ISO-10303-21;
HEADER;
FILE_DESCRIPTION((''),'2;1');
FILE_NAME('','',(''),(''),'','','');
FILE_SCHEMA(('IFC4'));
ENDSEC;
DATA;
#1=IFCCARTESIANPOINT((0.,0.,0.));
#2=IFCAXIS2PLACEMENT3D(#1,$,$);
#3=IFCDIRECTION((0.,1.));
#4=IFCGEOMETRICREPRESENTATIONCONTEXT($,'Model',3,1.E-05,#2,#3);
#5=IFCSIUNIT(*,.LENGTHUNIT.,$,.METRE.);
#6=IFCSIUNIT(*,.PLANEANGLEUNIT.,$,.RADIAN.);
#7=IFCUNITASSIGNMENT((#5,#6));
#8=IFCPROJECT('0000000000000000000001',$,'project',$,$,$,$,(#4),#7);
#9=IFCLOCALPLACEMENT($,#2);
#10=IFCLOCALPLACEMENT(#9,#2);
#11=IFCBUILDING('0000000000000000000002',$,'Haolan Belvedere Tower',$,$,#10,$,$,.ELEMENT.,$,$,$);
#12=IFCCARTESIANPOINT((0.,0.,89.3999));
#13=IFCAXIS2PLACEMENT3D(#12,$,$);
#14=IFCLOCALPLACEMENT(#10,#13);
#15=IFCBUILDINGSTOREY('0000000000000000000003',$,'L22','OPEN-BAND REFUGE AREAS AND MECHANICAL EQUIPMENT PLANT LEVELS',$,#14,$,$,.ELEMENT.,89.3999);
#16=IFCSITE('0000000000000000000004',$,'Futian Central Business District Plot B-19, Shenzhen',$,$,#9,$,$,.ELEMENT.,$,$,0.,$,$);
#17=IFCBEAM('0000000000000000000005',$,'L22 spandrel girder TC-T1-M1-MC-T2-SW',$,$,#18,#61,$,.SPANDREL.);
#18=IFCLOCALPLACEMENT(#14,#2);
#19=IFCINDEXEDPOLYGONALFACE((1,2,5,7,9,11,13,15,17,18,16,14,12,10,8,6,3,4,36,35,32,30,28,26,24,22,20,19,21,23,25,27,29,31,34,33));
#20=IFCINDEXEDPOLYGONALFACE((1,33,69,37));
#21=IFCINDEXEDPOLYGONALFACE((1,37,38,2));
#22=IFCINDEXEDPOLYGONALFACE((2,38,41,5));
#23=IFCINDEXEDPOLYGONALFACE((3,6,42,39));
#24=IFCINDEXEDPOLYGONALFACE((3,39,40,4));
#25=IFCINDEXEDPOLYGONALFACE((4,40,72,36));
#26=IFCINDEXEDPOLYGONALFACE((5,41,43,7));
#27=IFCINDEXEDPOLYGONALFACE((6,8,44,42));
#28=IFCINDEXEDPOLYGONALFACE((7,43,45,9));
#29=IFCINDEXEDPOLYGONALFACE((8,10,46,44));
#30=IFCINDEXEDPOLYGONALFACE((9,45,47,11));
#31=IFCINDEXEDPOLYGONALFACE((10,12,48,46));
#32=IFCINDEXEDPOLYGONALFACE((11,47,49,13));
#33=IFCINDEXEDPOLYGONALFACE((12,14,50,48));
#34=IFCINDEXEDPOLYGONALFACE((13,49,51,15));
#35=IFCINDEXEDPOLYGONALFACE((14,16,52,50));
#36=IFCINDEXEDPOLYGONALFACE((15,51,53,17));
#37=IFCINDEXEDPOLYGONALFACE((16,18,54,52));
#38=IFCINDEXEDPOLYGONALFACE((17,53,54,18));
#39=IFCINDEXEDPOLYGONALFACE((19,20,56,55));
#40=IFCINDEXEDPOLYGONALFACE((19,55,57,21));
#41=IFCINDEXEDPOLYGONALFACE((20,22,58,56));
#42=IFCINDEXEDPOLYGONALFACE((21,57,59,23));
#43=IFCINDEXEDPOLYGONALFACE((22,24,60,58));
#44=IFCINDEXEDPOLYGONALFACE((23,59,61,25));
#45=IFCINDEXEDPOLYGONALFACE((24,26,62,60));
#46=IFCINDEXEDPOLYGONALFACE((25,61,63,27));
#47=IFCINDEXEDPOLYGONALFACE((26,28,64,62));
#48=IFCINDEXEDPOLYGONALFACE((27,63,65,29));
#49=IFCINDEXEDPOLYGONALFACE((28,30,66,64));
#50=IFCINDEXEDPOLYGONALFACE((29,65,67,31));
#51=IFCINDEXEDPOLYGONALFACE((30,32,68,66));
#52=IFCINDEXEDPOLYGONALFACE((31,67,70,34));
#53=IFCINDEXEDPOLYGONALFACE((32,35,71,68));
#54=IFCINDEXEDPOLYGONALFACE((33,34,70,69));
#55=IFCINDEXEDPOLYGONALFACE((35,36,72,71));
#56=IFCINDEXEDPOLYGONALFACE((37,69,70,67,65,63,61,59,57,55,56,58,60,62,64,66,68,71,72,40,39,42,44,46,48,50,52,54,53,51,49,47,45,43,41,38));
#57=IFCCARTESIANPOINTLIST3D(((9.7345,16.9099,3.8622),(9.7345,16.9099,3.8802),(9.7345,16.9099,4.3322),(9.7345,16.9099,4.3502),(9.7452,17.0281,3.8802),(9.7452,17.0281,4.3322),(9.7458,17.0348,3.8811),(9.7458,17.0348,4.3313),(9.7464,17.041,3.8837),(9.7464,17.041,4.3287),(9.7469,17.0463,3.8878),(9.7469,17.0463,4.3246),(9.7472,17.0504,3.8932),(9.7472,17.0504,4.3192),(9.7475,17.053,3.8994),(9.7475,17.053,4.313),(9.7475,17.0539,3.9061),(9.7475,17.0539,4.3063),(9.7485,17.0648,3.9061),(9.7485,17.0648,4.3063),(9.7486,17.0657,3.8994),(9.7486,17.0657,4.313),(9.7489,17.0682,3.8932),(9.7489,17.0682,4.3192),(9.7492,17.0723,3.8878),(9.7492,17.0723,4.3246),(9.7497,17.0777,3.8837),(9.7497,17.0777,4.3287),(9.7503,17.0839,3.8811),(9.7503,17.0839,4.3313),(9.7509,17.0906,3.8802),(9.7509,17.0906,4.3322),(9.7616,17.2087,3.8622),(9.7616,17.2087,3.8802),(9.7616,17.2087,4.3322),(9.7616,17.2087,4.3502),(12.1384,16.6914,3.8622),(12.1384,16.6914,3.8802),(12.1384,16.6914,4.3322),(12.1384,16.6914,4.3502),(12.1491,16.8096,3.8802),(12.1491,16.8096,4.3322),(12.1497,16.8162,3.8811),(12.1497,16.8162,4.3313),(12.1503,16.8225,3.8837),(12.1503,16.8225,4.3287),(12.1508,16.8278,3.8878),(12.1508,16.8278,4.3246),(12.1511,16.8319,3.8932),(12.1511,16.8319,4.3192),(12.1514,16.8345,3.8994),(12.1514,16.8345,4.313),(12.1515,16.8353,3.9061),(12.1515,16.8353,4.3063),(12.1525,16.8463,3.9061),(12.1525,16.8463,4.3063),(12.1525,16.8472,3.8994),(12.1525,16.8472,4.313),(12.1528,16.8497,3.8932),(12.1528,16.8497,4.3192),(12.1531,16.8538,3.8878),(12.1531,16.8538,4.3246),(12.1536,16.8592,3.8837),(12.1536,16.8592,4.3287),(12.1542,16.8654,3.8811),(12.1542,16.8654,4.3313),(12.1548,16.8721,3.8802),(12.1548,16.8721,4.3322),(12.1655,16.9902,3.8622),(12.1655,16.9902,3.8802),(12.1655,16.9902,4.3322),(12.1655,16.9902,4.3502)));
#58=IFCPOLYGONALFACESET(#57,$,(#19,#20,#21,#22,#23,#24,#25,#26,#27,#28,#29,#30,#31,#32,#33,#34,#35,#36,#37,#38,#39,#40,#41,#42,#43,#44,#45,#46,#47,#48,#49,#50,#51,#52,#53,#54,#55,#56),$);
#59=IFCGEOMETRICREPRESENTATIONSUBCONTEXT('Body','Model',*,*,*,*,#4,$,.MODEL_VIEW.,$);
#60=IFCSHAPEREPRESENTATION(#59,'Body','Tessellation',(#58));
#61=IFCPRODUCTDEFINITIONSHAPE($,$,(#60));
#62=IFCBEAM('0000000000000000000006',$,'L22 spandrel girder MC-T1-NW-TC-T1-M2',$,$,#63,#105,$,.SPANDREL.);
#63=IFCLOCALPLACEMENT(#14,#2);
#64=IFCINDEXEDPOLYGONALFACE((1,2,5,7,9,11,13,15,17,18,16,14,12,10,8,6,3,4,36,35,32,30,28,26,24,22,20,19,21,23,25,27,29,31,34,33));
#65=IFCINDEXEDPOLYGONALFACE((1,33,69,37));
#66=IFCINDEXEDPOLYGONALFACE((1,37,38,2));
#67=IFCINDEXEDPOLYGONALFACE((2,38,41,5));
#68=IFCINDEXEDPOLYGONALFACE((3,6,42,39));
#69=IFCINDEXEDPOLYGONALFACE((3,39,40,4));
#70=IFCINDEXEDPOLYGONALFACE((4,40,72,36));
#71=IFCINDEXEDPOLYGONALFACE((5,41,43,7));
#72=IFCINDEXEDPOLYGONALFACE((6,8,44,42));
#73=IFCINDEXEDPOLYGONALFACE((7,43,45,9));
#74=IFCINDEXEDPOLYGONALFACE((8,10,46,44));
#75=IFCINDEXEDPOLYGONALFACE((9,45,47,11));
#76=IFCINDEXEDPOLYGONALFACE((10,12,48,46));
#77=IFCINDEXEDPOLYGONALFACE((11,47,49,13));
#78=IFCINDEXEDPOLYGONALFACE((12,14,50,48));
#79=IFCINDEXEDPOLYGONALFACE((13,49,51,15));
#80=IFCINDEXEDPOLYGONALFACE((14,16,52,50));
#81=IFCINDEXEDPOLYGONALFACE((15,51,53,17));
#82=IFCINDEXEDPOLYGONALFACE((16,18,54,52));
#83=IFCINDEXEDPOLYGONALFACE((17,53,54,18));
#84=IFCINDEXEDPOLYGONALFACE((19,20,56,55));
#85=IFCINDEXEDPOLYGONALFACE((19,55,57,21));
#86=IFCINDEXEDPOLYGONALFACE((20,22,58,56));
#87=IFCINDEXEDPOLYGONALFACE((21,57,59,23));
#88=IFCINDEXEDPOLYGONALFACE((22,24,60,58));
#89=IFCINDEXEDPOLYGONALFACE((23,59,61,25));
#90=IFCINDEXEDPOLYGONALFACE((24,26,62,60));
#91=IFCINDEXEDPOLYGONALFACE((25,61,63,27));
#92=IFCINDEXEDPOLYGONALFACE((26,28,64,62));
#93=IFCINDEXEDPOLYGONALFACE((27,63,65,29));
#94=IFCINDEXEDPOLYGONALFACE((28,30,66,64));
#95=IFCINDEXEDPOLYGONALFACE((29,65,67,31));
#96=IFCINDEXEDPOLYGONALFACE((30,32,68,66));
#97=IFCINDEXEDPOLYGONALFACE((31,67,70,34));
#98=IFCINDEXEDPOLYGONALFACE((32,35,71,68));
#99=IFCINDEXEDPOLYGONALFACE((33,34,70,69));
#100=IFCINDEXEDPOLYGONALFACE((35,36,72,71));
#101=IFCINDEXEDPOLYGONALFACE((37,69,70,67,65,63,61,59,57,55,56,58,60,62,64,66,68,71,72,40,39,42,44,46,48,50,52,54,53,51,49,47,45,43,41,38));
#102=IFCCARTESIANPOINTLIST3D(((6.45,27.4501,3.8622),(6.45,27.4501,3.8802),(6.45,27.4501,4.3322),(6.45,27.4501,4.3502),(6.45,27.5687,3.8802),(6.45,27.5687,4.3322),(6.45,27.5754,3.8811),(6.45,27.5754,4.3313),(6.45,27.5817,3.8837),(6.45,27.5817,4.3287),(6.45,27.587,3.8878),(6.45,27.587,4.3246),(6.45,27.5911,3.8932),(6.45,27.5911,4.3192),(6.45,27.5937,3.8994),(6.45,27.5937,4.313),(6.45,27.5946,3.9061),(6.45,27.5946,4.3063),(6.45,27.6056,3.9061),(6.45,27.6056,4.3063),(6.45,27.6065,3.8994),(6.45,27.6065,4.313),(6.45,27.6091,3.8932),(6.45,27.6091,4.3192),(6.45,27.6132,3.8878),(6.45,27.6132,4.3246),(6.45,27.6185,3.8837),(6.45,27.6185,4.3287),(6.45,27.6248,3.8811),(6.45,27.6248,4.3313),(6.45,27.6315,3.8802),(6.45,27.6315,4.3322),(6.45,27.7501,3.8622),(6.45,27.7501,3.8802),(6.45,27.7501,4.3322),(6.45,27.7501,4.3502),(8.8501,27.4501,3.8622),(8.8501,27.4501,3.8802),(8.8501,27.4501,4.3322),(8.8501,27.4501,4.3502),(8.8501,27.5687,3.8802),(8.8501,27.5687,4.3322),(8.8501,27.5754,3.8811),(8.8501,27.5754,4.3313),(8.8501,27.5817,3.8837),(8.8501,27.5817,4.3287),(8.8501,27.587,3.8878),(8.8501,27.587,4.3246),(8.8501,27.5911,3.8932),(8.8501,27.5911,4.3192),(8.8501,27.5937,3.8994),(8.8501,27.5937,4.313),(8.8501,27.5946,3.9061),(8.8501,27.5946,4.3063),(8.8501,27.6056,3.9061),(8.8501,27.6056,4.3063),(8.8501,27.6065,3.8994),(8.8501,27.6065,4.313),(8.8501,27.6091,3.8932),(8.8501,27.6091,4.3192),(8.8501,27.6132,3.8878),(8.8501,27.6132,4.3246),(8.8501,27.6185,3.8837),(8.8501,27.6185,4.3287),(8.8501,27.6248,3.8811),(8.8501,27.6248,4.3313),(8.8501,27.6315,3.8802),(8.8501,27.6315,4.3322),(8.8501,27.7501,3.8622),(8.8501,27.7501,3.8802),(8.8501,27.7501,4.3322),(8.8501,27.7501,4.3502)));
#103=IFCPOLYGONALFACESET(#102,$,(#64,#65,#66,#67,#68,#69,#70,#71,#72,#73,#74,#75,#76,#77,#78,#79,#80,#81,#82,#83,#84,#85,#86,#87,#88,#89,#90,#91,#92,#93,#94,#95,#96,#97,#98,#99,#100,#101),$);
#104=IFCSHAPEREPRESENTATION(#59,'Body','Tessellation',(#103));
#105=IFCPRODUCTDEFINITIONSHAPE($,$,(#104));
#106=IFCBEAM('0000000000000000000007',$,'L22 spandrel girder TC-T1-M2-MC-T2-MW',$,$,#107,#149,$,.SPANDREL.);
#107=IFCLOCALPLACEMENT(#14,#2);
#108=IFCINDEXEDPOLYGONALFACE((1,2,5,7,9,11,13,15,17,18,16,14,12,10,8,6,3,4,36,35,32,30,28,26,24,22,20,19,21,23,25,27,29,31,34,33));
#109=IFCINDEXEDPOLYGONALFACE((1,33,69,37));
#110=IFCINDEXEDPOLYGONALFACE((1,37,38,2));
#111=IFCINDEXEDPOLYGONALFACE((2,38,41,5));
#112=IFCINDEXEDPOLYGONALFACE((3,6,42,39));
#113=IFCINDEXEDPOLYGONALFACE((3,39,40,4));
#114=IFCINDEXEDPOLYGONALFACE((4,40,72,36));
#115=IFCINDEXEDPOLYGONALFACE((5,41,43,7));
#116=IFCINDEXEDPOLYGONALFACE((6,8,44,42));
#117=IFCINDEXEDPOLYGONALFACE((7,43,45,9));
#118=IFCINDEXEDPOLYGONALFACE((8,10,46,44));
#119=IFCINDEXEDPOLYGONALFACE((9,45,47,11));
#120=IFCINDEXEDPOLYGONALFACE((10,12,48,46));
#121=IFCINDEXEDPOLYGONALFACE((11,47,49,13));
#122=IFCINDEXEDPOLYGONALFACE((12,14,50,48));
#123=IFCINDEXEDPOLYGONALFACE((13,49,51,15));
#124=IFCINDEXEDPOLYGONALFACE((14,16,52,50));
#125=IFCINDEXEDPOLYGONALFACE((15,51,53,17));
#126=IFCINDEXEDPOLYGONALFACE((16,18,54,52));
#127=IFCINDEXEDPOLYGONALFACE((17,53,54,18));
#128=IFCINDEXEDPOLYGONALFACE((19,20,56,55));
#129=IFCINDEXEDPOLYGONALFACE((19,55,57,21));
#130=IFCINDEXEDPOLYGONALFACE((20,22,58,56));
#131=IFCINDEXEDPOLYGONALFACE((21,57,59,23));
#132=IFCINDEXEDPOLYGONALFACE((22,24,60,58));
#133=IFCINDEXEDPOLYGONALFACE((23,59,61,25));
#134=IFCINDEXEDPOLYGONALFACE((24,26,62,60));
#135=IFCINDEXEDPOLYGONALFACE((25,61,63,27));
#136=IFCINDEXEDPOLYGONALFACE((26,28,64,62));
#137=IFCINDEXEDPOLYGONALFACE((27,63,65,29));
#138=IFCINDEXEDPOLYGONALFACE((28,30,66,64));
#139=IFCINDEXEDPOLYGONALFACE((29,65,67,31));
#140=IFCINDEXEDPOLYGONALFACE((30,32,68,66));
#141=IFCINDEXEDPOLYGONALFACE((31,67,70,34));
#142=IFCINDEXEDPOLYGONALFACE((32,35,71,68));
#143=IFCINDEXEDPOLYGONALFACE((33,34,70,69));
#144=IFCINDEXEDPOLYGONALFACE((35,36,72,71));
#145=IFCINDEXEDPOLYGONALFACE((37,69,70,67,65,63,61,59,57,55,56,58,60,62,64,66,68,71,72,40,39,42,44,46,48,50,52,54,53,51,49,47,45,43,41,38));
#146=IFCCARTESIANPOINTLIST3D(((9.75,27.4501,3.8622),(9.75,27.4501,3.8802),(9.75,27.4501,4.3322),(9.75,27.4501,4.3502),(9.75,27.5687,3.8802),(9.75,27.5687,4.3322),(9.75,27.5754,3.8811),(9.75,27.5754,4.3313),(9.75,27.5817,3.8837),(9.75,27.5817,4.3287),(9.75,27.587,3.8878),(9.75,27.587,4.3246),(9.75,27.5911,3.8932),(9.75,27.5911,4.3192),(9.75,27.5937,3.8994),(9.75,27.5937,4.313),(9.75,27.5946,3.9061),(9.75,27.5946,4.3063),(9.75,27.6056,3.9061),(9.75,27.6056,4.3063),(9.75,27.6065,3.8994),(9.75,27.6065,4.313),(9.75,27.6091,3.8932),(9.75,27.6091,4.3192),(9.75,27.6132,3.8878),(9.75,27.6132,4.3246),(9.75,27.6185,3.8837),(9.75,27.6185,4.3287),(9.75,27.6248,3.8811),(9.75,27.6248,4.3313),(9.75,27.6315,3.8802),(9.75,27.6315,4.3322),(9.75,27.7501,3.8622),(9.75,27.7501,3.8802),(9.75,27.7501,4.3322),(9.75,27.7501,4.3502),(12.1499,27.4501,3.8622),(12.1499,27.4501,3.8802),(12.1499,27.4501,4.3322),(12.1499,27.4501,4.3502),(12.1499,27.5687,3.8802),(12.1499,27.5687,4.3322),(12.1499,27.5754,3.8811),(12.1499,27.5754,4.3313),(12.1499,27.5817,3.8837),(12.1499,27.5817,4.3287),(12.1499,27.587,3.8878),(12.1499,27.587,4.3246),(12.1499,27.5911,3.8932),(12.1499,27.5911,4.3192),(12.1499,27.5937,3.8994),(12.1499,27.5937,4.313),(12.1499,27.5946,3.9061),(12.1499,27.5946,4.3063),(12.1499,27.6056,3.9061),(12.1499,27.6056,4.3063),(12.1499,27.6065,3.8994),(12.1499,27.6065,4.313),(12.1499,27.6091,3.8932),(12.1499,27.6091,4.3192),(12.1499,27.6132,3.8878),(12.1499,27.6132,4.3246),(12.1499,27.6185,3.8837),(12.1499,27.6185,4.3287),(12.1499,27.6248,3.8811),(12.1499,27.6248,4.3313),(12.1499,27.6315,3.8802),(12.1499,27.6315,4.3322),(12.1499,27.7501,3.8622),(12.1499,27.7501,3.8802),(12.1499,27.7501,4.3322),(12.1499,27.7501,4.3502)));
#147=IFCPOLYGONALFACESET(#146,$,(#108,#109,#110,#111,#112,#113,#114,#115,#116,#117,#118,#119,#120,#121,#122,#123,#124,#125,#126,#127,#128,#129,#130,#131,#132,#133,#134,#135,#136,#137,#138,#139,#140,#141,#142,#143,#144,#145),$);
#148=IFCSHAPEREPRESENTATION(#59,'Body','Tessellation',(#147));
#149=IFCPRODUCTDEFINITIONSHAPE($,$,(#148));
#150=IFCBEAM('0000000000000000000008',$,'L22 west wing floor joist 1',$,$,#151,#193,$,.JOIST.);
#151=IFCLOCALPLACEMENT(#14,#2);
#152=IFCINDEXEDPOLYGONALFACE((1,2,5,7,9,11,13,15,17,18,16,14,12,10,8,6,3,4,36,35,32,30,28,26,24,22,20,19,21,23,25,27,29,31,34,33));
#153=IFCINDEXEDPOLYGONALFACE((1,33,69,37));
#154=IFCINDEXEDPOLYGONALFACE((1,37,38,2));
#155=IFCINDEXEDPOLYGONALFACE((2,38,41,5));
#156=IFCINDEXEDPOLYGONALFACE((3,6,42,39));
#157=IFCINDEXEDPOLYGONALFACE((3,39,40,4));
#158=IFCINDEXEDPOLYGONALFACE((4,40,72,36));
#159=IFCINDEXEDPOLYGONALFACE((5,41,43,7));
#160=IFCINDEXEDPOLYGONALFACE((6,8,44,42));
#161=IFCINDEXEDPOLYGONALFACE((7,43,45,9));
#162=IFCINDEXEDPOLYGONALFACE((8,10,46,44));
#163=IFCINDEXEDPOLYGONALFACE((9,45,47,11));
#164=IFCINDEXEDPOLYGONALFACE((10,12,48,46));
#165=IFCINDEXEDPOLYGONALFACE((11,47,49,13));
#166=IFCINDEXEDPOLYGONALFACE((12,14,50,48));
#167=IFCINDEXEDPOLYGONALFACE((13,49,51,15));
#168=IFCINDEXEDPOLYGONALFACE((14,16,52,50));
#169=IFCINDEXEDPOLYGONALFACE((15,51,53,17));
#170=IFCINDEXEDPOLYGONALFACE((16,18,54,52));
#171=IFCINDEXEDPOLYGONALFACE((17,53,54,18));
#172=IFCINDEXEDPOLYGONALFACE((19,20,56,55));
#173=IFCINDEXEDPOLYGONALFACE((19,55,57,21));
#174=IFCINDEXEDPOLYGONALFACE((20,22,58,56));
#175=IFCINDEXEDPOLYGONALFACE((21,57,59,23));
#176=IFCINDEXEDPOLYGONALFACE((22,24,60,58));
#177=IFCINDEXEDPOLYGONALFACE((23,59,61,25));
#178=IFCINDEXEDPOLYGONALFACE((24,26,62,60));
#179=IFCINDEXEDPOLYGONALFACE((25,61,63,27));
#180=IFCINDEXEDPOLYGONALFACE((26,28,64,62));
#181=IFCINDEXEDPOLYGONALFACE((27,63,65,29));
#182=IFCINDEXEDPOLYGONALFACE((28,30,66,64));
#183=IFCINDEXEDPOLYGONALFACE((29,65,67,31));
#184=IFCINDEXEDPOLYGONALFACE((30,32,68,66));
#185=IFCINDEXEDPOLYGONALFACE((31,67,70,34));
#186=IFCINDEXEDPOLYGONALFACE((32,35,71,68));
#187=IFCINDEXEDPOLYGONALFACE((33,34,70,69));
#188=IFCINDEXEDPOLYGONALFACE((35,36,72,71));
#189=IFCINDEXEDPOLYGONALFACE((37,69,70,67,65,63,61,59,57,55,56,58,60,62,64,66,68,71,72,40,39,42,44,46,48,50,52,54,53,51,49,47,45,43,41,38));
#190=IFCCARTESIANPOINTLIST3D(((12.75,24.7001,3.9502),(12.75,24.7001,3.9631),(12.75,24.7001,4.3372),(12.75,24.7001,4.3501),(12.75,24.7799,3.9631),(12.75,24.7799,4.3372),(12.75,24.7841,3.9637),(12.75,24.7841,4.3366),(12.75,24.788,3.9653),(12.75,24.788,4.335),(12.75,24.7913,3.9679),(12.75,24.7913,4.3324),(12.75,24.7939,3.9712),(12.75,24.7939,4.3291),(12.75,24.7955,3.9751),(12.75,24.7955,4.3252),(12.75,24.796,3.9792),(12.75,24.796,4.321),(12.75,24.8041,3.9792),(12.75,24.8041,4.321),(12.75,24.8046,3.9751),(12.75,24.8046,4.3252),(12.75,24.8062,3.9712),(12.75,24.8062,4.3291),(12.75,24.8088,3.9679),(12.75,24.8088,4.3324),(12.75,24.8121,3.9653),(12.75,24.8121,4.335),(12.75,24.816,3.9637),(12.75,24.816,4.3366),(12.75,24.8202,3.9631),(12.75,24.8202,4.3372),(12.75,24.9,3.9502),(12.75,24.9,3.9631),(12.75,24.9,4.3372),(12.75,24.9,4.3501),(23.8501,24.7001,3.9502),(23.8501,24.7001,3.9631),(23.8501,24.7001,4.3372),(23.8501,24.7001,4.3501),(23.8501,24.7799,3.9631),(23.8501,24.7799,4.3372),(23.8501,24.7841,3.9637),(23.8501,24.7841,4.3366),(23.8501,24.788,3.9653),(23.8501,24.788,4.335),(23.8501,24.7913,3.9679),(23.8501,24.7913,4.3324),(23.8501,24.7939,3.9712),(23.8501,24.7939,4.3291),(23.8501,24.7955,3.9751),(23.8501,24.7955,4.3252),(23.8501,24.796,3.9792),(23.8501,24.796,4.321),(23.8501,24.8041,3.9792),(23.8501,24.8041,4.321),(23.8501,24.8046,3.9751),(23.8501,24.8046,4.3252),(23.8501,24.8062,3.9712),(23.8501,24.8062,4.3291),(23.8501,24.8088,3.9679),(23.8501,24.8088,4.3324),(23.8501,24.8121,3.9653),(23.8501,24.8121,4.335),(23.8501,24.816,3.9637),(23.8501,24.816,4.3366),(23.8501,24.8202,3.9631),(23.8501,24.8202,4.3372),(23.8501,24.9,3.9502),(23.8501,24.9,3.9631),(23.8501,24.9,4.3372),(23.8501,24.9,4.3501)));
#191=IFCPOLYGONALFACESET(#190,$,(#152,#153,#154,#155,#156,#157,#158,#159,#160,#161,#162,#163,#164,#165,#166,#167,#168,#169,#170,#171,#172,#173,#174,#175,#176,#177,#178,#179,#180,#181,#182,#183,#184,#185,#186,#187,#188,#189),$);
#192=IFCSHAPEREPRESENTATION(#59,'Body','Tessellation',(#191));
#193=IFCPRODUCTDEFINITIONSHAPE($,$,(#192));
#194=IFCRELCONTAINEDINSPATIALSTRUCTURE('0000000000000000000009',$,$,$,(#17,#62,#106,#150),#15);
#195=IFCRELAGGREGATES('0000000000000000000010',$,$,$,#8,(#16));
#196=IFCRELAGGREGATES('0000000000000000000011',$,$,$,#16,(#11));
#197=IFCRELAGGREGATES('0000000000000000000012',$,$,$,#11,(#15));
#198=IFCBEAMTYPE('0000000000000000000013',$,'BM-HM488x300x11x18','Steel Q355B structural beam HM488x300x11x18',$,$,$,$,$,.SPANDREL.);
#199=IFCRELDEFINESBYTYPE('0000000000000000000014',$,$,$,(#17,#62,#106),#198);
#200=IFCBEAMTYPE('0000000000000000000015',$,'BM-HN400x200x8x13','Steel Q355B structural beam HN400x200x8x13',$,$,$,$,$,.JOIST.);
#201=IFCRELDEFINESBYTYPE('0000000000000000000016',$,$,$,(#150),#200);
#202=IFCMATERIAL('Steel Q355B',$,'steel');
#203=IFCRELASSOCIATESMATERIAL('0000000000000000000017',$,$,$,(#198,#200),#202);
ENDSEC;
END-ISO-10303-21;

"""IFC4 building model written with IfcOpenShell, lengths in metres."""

from ifc_helpers import new_model, si_unit, direction, frame, origin, origin_2d, place, context, subcontext, project, spatial, i_section, extrude, material, material_profile, profile_set, type_object, element, save


model = new_model("IFC4")

# Units and contexts
model_context = context("Model", 3, precision=1e-05, world=origin(), true_north=direction((0.0, 1.0)))
body_context = subcontext(model_context, "Body", "Model", "MODEL_VIEW")
ifc_project = project(units=[si_unit("LENGTHUNIT", "METRE"), si_unit("PLANEANGLEUNIT", "RADIAN")], contexts=[model_context])

# Site, building, storey
site_placement = place(None, origin())
site = spatial("IfcSite", under=ifc_project, at=site_placement, Name="Futian Central Business District Plot B-19, Shenzhen", CompositionType="ELEMENT", RefElevation=0.0)
building_placement = place(site_placement, origin())
building = spatial("IfcBuilding", under=site, at=building_placement, Name="Haolan Belvedere Tower", CompositionType="ELEMENT")
storey_placement = place(building_placement, frame((0.0, 0.0, 89.3999)))
storey = spatial("IfcBuildingStorey", under=building, at=storey_placement, Name="L22", Description="OPEN-BAND REFUGE AREAS AND MECHANICAL EQUIPMENT PLANT LEVELS", CompositionType="ELEMENT", Elevation=89.3999)

# Shared definitions
ifc_material_1 = material(Name="Steel Q355B", Category="steel")

# Beams
ifc_material_profile_1 = material_profile(ifc_material_1, i_section(OverallWidth=0.3, OverallDepth=0.488, WebThickness=0.011, FlangeThickness=0.0181, FilletRadius=0.0259, at=origin_2d()), Name="Steel Q355B")
ifc_profile_set_1 = profile_set([ifc_material_profile_1], Name="Steel Q355B")
beam_type_1 = type_object("IfcBeamType", Name="BM-HM488x300x11x18", Description="Steel Q355B structural beam HM488x300x11x18", PredefinedType="SPANDREL", material=ifc_profile_set_1)
beam_1_placement = place(storey_placement, frame((9.748, 17.0593, 4.1062), z_axis=(0.995894, -0.090527, 0.0), x_axis=(0.090527, 0.995894, 0.0)))
element("IfcBeam", 1, at=beam_1_placement, inside=storey, type_object=beam_type_1, Name="L22 spandrel girder TC-T1-M1-MC-T2-SW", PredefinedType="SPANDREL", context=body_context, shape_type="SweptSolid", body=[
    extrude(i_section(OverallWidth=0.3, OverallDepth=0.488, WebThickness=0.011, FlangeThickness=0.0181, FilletRadius=0.0259, at=origin_2d()), origin(), (0.0, 0.0, 1.0), 2.4138),
])
beam_2_placement = place(storey_placement, frame((6.45, 27.6001, 4.1062), z_axis=(1.0, 0.0, 0.0), x_axis=(0.0, 1.0, 0.0)))
element("IfcBeam", 2, at=beam_2_placement, inside=storey, type_object=beam_type_1, Name="L22 spandrel girder MC-T1-NW-TC-T1-M2", PredefinedType="SPANDREL", context=body_context, shape_type="SweptSolid", body=[
    extrude(i_section(OverallWidth=0.3, OverallDepth=0.488, WebThickness=0.011, FlangeThickness=0.0181, FilletRadius=0.0259, at=origin_2d()), origin(), (0.0, 0.0, 1.0), 2.4001),
])
beam_3_placement = place(storey_placement, frame((9.75, 27.6001, 4.1062), z_axis=(1.0, 0.0, 0.0), x_axis=(0.0, 1.0, 0.0)))
element("IfcBeam", 3, at=beam_3_placement, inside=storey, type_object=beam_type_1, Name="L22 spandrel girder TC-T1-M2-MC-T2-MW", PredefinedType="SPANDREL", context=body_context, shape_type="SweptSolid", body=[
    extrude(i_section(OverallWidth=0.3, OverallDepth=0.488, WebThickness=0.011, FlangeThickness=0.0181, FilletRadius=0.0259, at=origin_2d()), origin(), (0.0, 0.0, 1.0), 2.3999),
])
ifc_material_profile_2 = material_profile(ifc_material_1, i_section(OverallWidth=0.2, OverallDepth=0.3999, WebThickness=0.0081, FlangeThickness=0.0129, FilletRadius=0.0161, at=origin_2d()), Name="Steel Q355B")
ifc_profile_set_2 = profile_set([ifc_material_profile_2], Name="Steel Q355B")
beam_type_2 = type_object("IfcBeamType", Name="BM-HN400x200x8x13", Description="Steel Q355B structural beam HN400x200x8x13", PredefinedType="JOIST", material=ifc_profile_set_2)
beam_4_placement = place(storey_placement, frame((12.75, 24.8, 4.1501), z_axis=(1.0, 0.0, 0.0), x_axis=(0.0, 1.0, 0.0)))
element("IfcBeam", 4, at=beam_4_placement, inside=storey, type_object=beam_type_2, Name="L22 west wing floor joist 1", PredefinedType="JOIST", context=body_context, shape_type="SweptSolid", body=[
    extrude(i_section(OverallWidth=0.2, OverallDepth=0.3999, WebThickness=0.0081, FlangeThickness=0.0129, FilletRadius=0.0161, at=origin_2d()), origin(), (0.0, 0.0, 1.0), 11.1001),
])

save(model, "model.ifc")
